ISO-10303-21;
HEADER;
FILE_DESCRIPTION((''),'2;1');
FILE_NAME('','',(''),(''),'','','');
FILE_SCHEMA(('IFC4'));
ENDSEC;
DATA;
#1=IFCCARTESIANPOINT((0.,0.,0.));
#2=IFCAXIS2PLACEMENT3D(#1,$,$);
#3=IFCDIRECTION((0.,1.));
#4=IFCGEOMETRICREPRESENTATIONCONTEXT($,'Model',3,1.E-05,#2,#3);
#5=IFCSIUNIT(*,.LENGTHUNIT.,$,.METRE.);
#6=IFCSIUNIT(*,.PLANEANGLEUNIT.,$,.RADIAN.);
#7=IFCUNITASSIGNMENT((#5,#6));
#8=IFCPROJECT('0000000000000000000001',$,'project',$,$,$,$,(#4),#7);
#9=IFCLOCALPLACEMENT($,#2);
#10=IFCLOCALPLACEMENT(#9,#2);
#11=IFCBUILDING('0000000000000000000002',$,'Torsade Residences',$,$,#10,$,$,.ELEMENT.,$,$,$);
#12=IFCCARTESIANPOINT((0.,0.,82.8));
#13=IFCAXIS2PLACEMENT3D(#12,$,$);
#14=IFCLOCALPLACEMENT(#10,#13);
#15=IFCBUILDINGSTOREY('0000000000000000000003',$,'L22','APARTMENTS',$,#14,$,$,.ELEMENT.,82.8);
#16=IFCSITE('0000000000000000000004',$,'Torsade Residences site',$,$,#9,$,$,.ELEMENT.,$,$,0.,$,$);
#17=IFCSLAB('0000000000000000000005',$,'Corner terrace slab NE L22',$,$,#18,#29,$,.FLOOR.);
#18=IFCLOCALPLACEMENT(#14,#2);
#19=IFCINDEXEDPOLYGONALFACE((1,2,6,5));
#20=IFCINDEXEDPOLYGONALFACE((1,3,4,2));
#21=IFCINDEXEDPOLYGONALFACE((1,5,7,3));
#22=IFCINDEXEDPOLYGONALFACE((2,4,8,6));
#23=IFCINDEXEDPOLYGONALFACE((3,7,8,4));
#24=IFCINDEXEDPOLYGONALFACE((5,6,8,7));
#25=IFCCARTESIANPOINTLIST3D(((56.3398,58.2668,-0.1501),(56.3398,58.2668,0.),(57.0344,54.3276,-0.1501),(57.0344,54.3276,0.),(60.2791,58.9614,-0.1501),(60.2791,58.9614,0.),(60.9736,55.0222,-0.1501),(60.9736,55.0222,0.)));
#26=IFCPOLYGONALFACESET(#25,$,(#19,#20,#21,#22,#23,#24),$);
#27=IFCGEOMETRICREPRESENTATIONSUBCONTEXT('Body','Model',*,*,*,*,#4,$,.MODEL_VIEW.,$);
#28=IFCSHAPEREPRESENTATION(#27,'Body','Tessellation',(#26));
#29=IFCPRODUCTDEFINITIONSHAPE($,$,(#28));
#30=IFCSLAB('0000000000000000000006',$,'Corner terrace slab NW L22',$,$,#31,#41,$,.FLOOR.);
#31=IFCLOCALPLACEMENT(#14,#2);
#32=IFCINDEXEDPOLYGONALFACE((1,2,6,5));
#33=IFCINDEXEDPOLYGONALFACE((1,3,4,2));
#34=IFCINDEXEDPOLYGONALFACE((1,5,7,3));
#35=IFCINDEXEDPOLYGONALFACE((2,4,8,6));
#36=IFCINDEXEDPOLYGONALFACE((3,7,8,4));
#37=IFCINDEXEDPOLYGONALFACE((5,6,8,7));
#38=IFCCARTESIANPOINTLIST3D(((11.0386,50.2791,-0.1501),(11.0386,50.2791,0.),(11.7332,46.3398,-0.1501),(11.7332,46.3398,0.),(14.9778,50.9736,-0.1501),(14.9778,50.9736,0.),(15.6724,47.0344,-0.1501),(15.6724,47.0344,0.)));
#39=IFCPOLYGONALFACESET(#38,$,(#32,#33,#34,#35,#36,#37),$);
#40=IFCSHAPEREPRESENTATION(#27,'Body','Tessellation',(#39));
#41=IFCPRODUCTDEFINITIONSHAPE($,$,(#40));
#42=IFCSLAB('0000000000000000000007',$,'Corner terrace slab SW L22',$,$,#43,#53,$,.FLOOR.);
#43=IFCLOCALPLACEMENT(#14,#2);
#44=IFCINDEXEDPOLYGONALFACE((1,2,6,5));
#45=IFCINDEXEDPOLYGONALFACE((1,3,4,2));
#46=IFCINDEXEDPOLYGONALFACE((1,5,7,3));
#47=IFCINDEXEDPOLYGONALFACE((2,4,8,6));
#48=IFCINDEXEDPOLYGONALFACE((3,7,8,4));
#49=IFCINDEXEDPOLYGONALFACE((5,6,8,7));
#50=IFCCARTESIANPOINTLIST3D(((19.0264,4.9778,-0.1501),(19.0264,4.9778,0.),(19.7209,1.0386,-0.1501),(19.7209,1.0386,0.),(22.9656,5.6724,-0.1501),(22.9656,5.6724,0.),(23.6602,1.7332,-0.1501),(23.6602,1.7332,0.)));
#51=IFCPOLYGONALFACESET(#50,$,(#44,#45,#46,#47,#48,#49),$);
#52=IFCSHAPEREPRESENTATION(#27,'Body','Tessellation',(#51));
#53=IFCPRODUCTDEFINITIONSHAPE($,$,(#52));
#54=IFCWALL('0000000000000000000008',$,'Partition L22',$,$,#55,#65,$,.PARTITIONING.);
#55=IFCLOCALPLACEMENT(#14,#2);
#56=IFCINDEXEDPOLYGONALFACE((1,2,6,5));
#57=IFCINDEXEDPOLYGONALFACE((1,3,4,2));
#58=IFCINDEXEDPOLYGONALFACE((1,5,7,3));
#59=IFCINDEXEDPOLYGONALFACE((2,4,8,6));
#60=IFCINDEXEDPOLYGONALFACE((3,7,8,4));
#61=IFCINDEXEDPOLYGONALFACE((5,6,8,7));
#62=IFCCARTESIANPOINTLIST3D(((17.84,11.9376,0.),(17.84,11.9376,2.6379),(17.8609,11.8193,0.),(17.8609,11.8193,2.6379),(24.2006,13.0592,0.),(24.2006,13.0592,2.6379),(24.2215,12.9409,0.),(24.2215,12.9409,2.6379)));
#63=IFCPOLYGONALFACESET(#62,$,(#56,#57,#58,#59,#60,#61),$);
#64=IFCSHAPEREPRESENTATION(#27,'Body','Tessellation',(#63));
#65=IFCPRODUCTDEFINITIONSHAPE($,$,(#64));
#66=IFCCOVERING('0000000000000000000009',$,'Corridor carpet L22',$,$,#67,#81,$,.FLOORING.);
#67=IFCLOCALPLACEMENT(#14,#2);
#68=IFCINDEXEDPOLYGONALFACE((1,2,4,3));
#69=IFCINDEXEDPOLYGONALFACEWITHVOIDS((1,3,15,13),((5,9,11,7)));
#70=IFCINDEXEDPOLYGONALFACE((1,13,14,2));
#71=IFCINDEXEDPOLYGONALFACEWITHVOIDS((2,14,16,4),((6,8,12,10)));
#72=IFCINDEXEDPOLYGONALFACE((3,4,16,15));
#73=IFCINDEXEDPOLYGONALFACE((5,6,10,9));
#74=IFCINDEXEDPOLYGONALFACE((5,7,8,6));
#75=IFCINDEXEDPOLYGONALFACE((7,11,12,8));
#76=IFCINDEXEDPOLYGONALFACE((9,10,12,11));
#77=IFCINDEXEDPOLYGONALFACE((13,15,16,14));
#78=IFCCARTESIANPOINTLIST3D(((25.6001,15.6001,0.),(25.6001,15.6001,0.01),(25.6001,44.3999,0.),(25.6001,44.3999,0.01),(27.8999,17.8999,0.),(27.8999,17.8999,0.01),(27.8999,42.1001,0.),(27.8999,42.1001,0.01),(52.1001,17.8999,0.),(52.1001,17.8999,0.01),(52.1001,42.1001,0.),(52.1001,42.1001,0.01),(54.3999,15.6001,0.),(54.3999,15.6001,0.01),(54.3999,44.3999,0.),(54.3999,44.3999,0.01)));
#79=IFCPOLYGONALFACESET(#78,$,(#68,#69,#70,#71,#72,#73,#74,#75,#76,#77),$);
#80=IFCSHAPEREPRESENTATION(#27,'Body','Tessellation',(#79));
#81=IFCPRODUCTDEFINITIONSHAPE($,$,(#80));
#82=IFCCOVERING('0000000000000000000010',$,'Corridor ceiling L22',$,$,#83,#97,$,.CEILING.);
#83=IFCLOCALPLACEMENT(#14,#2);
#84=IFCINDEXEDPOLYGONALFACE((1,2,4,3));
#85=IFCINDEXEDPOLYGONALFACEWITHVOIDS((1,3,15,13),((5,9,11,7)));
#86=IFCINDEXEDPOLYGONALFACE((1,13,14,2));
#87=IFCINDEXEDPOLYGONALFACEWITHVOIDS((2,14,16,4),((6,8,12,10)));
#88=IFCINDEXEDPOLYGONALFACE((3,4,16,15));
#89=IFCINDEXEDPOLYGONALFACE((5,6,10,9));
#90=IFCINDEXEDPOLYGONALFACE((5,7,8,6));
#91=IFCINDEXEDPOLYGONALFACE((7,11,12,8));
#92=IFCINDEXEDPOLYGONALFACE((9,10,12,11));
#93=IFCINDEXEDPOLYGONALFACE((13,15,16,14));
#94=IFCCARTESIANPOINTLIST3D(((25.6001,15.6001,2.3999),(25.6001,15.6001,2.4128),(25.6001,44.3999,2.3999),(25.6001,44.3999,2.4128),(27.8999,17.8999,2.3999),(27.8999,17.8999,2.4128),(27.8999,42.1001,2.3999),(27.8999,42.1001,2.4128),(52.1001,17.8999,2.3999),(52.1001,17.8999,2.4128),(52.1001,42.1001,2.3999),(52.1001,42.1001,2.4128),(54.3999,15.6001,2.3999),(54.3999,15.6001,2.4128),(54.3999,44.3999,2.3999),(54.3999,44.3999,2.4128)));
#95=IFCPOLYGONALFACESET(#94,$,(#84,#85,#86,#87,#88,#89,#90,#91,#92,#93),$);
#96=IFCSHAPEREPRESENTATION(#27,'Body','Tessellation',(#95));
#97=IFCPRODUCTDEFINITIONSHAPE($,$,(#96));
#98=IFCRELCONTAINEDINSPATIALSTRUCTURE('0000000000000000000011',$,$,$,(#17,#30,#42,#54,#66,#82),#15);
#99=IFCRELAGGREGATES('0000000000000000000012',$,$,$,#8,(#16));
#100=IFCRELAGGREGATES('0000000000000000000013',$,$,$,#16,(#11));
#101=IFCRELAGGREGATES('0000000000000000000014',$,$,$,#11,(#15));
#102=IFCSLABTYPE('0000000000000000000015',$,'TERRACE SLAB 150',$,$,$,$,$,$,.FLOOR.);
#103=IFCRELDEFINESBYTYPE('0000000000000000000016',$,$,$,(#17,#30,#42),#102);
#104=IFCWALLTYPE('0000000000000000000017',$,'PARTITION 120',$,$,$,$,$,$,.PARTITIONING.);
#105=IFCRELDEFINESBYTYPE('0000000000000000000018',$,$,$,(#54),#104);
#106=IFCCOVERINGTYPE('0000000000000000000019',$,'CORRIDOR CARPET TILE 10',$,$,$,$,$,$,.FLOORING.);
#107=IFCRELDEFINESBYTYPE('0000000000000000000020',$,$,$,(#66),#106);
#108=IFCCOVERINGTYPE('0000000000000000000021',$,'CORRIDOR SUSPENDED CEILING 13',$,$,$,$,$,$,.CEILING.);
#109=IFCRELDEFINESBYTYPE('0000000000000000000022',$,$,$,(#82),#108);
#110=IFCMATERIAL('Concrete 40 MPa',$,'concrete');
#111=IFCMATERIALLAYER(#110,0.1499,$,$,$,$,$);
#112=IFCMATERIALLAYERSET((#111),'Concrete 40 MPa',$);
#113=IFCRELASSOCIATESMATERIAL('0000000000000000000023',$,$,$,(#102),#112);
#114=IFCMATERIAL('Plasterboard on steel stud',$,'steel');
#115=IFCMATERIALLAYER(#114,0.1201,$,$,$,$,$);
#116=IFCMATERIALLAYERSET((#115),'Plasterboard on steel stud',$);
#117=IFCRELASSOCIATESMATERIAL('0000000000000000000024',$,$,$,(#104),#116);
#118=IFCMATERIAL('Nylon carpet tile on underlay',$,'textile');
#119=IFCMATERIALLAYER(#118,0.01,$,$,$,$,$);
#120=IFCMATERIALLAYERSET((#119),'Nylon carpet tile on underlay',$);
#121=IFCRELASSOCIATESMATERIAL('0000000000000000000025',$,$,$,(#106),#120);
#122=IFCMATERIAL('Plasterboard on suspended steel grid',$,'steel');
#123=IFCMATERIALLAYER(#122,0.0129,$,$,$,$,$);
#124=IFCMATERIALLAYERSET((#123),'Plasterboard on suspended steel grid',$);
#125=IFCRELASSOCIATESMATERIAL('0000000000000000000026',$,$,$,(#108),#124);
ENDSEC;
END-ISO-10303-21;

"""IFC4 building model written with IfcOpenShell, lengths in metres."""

from ifc_helpers import new_model, si_unit, direction, frame, frame_2d, origin, place, context, subcontext, project, spatial, polyline, rectangle, outline, extrude, material, layer, layer_set, type_object, element, save


model = new_model("IFC4")

# Units and contexts
model_context = context("Model", 3, precision=1e-05, world=origin(), true_north=direction((0.0, 1.0)))
body_context = subcontext(model_context, "Body", "Model", "MODEL_VIEW")
ifc_project = project(units=[si_unit("LENGTHUNIT", "METRE"), si_unit("PLANEANGLEUNIT", "RADIAN")], contexts=[model_context])

# Site, building, storey
site_placement = place(None, origin())
site = spatial("IfcSite", under=ifc_project, at=site_placement, Name="Torsade Residences site", CompositionType="ELEMENT", RefElevation=0.0)
building_placement = place(site_placement, origin())
building = spatial("IfcBuilding", under=site, at=building_placement, Name="Torsade Residences", CompositionType="ELEMENT")
storey_placement = place(building_placement, frame((0.0, 0.0, 82.8)))
storey = spatial("IfcBuildingStorey", under=building, at=storey_placement, Name="L22", Description="APARTMENTS", CompositionType="ELEMENT", Elevation=82.8)

# Slabs
ifc_material_1 = material(Name="Concrete 40 MPa", Category="concrete")
ifc_layer_1 = layer(ifc_material_1, 0.1499)
ifc_layer_set_1 = layer_set([ifc_layer_1], Name="Concrete 40 MPa")
slab_type_1 = type_object("IfcSlabType", Name="TERRACE SLAB 150", PredefinedType="FLOOR", material=ifc_layer_set_1)
slab_1_placement = place(storey_placement, frame((0.0, 0.0, -0.1501)))
element("IfcSlab", 1, at=slab_1_placement, inside=storey, type_object=slab_type_1, Name="Corner terrace slab NE L22", PredefinedType="FLOOR", context=body_context, shape_type="SweptSolid", body=[
    extrude(outline(polyline([(57.0344, 54.3276), (60.9736, 55.0222), (60.2791, 58.9614), (56.3398, 58.2668), (57.0344, 54.3276)])), origin(), (0.0, 0.0, 1.0), 0.1501),
])
slab_2_placement = place(storey_placement, frame((0.0, 0.0, -0.1501)))
element("IfcSlab", 2, at=slab_2_placement, inside=storey, type_object=slab_type_1, Name="Corner terrace slab NW L22", PredefinedType="FLOOR", context=body_context, shape_type="SweptSolid", body=[
    extrude(outline(polyline([(11.7332, 46.3398), (15.6724, 47.0344), (14.9778, 50.9736), (11.0386, 50.2791), (11.7332, 46.3398)])), origin(), (0.0, 0.0, 1.0), 0.1501),
])
slab_3_placement = place(storey_placement, frame((0.0, 0.0, -0.1501)))
element("IfcSlab", 3, at=slab_3_placement, inside=storey, type_object=slab_type_1, Name="Corner terrace slab SW L22", PredefinedType="FLOOR", context=body_context, shape_type="SweptSolid", body=[
    extrude(outline(polyline([(19.7209, 1.0386), (23.6602, 1.7332), (22.9656, 5.6724), (19.0264, 4.9778), (19.7209, 1.0386)])), origin(), (0.0, 0.0, 1.0), 0.1501),
])

# Wall
ifc_material_2 = material(Name="Plasterboard on steel stud", Category="steel")
ifc_layer_2 = layer(ifc_material_2, 0.1201)
ifc_layer_set_2 = layer_set([ifc_layer_2], Name="Plasterboard on steel stud")
wall_type = type_object("IfcWallType", Name="PARTITION 120", PredefinedType="PARTITIONING", material=ifc_layer_set_2)
wall_placement = place(storey_placement, frame((17.8503, 11.8784, 0.0), z_axis=(0.0, 0.0, 1.0), x_axis=(0.984807, 0.173654, 0.0)))
element("IfcWall", 4, at=wall_placement, inside=storey, type_object=wall_type, Name="Partition L22", PredefinedType="PARTITIONING", context=body_context, shape_type="SweptSolid", body=[
    extrude(rectangle(XDim=6.4587, YDim=0.1201, at=frame_2d((3.2295, 0.0))), origin(), (0.0, 0.0, 1.0), 2.6379),
])

# Coverings
ifc_material_3 = material(Name="Nylon carpet tile on underlay", Category="textile")
ifc_layer_3 = layer(ifc_material_3, 0.01)
ifc_layer_set_3 = layer_set([ifc_layer_3], Name="Nylon carpet tile on underlay")
covering_type_1 = type_object("IfcCoveringType", Name="CORRIDOR CARPET TILE 10", PredefinedType="FLOORING", material=ifc_layer_set_3)
covering_1_placement = place(storey_placement, origin())
element("IfcCovering", 5, at=covering_1_placement, inside=storey, type_object=covering_type_1, Name="Corridor carpet L22", PredefinedType="FLOORING", context=body_context, shape_type="SweptSolid", body=[
    extrude(outline(polyline([(54.3999, 15.6001), (54.3999, 44.3999), (25.6001, 44.3999), (25.6001, 15.6001), (54.3999, 15.6001)]), holes=[polyline([(52.1001, 42.1001), (27.8999, 42.1001), (27.8999, 17.8999), (52.1001, 17.8999), (52.1001, 42.1001)])]), origin(), (0.0, 0.0, 1.0), 0.01),
])
ifc_material_4 = material(Name="Plasterboard on suspended steel grid", Category="steel")
ifc_layer_4 = layer(ifc_material_4, 0.0129)
ifc_layer_set_4 = layer_set([ifc_layer_4], Name="Plasterboard on suspended steel grid")
covering_type_2 = type_object("IfcCoveringType", Name="CORRIDOR SUSPENDED CEILING 13", PredefinedType="CEILING", material=ifc_layer_set_4)
covering_2_placement = place(storey_placement, frame((0.0, 0.0, 2.3999)))
element("IfcCovering", 6, at=covering_2_placement, inside=storey, type_object=covering_type_2, Name="Corridor ceiling L22", PredefinedType="CEILING", context=body_context, shape_type="SweptSolid", body=[
    extrude(outline(polyline([(54.3999, 15.6001), (54.3999, 44.3999), (25.6001, 44.3999), (25.6001, 15.6001), (54.3999, 15.6001)]), holes=[polyline([(52.1001, 42.1001), (27.8999, 42.1001), (27.8999, 17.8999), (52.1001, 17.8999), (52.1001, 42.1001)])]), origin(), (0.0, 0.0, 1.0), 0.0129),
])

save(model, "model.ifc")
